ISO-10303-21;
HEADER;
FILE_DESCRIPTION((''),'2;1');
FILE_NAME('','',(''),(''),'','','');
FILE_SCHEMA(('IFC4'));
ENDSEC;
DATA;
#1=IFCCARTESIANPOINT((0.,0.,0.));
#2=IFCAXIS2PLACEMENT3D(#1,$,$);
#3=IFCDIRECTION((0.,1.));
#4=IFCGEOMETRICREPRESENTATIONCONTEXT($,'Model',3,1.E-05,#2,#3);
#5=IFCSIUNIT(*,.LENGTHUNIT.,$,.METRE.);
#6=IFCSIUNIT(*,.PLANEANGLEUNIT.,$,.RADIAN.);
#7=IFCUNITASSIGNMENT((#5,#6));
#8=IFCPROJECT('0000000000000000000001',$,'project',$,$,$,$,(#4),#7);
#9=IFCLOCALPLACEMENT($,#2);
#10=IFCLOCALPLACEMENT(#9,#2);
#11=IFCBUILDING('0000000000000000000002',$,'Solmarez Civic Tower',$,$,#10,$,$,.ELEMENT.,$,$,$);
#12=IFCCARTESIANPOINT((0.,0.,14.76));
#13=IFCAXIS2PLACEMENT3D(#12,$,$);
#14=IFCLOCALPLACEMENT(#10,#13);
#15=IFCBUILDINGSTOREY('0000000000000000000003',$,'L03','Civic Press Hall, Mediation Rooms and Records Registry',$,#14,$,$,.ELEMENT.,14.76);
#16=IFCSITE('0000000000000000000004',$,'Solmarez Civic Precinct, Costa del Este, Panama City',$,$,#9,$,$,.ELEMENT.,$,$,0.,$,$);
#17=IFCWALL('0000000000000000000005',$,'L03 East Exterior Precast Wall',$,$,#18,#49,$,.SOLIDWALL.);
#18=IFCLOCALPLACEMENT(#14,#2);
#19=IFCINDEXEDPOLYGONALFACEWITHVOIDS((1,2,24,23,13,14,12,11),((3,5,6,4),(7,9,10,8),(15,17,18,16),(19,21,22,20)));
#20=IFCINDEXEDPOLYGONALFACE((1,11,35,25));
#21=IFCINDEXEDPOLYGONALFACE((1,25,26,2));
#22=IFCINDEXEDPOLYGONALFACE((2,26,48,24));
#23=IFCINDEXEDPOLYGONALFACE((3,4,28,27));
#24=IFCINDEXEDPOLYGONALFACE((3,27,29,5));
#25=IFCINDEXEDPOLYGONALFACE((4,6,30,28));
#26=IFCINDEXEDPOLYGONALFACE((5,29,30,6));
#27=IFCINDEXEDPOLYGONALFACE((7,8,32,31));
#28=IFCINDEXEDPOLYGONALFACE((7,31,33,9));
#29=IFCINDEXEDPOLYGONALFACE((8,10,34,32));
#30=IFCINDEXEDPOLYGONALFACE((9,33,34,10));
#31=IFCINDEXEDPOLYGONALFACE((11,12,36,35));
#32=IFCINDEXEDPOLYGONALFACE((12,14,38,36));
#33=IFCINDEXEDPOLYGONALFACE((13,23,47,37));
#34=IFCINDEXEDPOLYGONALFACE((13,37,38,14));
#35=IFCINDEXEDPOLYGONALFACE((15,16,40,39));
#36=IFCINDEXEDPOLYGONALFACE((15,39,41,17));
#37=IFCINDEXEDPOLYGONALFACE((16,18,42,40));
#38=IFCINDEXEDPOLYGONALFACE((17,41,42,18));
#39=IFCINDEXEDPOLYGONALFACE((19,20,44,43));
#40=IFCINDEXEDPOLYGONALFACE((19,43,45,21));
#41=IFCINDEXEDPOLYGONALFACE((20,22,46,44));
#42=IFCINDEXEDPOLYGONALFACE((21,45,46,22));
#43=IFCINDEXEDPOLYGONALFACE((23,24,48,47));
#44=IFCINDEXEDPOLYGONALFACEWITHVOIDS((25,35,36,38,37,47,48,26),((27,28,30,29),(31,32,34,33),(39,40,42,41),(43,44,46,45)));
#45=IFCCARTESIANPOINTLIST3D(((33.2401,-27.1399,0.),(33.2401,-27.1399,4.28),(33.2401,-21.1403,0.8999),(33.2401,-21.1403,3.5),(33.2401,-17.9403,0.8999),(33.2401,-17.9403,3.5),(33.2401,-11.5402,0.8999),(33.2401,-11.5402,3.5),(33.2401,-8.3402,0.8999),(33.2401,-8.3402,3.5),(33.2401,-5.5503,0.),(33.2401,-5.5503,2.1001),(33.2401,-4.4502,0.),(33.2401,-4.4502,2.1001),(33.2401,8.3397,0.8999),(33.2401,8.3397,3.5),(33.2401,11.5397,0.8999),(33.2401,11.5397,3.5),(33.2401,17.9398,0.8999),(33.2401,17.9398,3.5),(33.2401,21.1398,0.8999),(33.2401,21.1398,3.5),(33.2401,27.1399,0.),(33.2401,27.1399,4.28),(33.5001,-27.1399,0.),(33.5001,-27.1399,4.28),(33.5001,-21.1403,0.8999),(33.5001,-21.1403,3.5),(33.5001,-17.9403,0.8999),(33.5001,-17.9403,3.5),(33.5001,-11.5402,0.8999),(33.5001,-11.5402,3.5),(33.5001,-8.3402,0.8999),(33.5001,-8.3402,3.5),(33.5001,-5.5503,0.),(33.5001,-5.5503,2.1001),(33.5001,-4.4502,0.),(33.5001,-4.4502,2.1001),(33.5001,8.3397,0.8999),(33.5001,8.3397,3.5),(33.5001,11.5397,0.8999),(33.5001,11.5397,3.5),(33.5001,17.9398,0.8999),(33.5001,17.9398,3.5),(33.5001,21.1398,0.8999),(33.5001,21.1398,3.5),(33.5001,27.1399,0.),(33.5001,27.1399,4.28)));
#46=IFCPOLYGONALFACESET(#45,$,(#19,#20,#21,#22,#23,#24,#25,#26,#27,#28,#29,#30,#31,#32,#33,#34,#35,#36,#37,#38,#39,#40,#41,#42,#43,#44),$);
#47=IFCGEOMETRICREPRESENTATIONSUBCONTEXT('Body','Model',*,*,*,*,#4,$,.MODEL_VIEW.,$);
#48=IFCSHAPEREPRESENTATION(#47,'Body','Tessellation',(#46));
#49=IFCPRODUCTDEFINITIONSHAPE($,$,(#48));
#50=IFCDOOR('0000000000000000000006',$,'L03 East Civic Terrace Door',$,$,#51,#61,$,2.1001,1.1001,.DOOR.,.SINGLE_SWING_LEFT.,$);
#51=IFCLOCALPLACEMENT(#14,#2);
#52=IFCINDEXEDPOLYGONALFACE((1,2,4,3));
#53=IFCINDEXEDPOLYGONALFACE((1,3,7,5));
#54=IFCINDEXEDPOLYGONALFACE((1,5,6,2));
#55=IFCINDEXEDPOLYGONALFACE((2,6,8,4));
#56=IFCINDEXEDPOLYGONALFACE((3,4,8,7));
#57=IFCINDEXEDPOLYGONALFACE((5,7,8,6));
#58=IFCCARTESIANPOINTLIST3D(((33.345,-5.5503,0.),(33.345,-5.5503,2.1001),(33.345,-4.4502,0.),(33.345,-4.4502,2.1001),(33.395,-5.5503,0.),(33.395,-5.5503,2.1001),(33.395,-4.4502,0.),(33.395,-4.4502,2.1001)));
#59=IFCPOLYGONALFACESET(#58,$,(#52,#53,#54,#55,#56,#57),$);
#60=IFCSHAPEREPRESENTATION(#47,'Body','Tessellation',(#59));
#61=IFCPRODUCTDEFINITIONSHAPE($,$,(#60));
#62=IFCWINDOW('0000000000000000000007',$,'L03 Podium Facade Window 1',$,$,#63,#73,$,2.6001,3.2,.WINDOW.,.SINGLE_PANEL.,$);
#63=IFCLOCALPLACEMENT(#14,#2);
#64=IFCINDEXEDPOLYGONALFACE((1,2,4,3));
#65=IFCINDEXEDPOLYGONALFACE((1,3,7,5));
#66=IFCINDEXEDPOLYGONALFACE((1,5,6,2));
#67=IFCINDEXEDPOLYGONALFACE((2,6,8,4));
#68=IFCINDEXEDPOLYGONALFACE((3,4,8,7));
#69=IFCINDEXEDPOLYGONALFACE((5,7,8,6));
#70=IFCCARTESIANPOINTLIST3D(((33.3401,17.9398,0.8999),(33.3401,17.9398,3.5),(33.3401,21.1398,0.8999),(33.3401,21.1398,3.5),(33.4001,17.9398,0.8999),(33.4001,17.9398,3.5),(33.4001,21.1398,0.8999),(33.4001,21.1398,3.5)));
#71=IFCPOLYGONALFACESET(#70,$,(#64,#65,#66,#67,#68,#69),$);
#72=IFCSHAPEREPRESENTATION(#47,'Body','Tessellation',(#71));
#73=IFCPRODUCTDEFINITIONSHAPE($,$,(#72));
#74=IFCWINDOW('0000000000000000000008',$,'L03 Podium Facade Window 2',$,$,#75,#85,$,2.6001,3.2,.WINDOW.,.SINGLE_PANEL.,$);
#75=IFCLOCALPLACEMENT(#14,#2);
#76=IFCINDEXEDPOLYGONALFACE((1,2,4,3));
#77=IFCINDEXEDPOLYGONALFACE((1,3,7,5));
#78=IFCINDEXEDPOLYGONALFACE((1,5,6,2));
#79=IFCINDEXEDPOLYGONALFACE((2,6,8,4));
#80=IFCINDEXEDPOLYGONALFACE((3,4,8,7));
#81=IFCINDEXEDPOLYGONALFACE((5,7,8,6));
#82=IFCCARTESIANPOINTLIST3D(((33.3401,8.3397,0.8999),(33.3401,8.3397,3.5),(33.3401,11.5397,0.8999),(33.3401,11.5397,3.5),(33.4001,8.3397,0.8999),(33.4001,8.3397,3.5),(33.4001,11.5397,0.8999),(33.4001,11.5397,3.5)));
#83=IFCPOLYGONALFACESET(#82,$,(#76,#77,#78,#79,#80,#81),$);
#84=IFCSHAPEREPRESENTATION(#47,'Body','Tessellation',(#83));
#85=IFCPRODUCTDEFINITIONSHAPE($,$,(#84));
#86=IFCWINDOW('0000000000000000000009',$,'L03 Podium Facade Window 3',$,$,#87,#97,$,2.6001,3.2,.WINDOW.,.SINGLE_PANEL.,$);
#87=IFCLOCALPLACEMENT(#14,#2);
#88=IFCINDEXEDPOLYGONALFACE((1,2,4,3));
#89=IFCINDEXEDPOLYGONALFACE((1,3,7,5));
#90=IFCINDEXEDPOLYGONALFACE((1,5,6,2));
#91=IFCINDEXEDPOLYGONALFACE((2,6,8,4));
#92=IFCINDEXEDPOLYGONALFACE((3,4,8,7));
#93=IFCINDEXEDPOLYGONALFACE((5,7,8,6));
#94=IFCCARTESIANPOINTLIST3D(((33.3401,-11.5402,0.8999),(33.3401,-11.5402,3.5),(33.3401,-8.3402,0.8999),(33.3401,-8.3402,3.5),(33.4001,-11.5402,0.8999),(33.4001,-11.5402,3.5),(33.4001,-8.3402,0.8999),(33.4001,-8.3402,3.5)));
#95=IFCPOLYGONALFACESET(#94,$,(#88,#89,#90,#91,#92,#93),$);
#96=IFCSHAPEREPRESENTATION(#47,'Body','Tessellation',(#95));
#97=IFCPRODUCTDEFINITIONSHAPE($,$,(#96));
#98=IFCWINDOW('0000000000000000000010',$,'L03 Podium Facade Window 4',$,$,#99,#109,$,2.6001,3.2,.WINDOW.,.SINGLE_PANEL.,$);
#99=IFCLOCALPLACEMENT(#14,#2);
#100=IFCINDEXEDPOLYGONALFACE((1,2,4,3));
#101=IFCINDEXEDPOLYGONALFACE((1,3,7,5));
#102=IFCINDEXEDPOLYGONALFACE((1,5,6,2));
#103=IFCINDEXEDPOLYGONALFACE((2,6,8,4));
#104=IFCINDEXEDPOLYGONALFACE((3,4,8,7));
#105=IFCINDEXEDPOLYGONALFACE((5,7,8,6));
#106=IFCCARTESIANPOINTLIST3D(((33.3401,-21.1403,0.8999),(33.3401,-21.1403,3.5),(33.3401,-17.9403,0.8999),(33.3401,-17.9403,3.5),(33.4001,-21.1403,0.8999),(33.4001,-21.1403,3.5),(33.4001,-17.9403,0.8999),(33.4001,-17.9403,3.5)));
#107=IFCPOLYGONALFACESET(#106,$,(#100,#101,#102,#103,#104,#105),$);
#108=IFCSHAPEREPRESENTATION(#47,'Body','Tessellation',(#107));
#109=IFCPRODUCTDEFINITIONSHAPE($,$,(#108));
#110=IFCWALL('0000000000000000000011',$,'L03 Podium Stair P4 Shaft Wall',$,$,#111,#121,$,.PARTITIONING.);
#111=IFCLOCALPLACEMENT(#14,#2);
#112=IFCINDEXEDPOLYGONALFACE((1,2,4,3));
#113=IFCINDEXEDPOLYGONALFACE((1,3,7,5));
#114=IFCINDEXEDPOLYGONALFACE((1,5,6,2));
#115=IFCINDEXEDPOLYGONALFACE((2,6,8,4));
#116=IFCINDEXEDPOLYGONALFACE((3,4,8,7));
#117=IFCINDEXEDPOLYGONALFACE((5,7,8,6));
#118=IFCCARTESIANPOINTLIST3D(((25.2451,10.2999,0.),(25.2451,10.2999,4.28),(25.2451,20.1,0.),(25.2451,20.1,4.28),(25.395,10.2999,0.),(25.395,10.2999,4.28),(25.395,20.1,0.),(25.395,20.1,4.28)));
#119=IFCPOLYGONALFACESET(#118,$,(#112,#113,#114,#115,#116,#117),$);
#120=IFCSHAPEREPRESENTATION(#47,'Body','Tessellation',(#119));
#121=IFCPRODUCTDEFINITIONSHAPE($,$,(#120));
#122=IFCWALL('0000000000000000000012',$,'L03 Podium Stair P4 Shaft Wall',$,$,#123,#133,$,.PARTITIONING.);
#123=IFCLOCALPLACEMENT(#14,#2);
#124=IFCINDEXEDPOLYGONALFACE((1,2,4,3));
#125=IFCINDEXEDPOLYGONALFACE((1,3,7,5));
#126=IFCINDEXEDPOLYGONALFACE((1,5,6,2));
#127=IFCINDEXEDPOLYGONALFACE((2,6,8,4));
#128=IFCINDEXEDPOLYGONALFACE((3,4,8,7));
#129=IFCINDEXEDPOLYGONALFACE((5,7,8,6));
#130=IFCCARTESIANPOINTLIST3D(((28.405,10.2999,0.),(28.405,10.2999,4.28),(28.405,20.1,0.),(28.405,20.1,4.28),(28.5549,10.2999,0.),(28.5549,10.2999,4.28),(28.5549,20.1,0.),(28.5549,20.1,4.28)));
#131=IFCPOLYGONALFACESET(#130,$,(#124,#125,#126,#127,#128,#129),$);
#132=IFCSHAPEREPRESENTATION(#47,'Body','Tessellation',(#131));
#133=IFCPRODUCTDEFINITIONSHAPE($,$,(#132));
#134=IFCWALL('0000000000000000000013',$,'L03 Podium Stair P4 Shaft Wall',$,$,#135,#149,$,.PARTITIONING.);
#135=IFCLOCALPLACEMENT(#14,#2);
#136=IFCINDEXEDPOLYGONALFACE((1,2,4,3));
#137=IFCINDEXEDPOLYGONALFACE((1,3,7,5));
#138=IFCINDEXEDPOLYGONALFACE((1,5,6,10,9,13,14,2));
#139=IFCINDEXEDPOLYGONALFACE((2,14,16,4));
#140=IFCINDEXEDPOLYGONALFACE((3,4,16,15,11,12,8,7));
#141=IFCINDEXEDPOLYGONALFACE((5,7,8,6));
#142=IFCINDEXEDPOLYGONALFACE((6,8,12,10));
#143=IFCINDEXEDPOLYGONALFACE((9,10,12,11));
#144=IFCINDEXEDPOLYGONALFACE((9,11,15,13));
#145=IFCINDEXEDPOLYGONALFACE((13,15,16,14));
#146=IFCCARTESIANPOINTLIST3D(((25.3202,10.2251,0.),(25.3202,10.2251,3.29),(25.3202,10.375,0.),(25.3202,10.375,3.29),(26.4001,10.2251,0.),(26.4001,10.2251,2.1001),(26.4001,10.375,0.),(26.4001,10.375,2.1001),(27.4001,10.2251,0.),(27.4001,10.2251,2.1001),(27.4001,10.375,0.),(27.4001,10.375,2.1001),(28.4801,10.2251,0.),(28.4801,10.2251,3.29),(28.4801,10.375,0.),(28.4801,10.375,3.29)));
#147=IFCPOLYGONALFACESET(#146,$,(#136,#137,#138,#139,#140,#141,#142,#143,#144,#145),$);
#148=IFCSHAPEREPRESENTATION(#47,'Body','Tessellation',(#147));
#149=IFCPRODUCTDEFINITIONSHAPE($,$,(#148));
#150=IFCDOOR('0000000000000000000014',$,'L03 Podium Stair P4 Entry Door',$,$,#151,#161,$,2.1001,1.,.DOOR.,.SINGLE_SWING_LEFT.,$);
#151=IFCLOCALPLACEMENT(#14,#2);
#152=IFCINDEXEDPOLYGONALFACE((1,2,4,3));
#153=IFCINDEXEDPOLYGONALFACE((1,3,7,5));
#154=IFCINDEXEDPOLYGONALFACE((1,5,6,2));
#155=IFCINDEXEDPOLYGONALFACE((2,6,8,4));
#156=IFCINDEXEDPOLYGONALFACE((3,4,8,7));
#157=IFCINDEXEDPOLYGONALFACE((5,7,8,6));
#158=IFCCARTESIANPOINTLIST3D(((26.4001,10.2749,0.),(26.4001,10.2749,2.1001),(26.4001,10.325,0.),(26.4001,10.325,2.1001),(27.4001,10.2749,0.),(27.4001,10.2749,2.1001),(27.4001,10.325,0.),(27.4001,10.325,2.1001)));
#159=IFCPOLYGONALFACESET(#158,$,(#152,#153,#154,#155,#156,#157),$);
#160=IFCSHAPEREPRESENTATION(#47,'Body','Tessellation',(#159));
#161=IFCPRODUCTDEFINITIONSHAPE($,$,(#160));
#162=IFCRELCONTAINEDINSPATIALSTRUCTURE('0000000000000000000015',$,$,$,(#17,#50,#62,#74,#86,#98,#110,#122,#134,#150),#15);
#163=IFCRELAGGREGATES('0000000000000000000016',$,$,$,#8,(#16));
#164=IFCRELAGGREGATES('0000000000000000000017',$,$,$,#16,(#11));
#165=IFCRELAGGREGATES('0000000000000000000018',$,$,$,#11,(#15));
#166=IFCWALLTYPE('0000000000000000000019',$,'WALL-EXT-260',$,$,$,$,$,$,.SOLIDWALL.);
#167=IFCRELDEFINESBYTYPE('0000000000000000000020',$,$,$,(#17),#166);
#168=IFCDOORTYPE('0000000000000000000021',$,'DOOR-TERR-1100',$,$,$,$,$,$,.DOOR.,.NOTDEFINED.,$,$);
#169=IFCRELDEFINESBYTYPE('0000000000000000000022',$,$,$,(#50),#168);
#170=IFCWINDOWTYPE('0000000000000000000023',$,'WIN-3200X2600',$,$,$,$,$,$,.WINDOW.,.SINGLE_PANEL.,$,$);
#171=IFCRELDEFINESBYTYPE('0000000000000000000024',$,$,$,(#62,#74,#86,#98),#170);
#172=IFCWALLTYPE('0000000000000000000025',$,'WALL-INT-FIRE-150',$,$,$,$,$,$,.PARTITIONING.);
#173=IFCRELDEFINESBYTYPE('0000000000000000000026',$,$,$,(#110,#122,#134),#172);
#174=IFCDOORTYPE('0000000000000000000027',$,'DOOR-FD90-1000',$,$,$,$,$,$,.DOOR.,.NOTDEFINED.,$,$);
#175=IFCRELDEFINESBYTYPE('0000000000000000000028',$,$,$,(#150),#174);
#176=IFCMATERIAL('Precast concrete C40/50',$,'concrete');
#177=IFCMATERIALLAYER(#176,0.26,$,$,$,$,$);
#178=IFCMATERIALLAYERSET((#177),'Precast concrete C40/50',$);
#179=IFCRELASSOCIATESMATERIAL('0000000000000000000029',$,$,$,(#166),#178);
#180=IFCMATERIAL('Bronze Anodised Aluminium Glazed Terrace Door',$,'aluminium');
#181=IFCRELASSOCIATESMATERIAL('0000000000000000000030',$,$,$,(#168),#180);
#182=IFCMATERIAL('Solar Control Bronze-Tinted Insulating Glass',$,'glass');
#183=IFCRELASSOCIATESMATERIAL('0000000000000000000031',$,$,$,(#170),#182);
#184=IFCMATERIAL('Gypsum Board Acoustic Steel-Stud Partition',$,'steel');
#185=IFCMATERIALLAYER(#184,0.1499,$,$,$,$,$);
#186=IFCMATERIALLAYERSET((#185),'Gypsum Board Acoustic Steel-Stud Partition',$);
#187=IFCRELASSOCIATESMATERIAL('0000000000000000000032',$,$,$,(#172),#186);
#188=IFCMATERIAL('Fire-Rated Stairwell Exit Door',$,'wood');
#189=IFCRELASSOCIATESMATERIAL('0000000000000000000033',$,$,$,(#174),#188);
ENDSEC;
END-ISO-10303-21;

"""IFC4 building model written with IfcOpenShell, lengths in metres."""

from ifc_helpers import new_model, si_unit, direction, frame, frame_2d, origin, place, context, subcontext, project, spatial, rectangle, extrude, material, layer, layer_set, type_object, element, fill, save


model = new_model("IFC4")

# Units and contexts
model_context = context("Model", 3, precision=1e-05, world=origin(), true_north=direction((0.0, 1.0)))
body_context = subcontext(model_context, "Body", "Model", "MODEL_VIEW")
ifc_project = project(units=[si_unit("LENGTHUNIT", "METRE"), si_unit("PLANEANGLEUNIT", "RADIAN")], contexts=[model_context])

# Site, building, storey
site_placement = place(None, origin())
site = spatial("IfcSite", under=ifc_project, at=site_placement, Name="Solmarez Civic Precinct, Costa del Este, Panama City", CompositionType="ELEMENT", RefElevation=0.0)
building_placement = place(site_placement, origin())
building = spatial("IfcBuilding", under=site, at=building_placement, Name="Solmarez Civic Tower", CompositionType="ELEMENT")
storey_placement = place(building_placement, frame((0.0, 0.0, 14.76)))
storey = spatial("IfcBuildingStorey", under=building, at=storey_placement, Name="L03", Description="Civic Press Hall, Mediation Rooms and Records Registry", CompositionType="ELEMENT", Elevation=14.76)

# Wall, openings, door, windows
ifc_material_1 = material(Name="Precast concrete C40/50", Category="concrete")
ifc_layer_1 = layer(ifc_material_1, 0.26)
ifc_layer_set_1 = layer_set([ifc_layer_1], Name="Precast concrete C40/50")
wall_type_1 = type_object("IfcWallType", Name="WALL-EXT-260", PredefinedType="SOLIDWALL", material=ifc_layer_set_1)
wall_1_placement = place(storey_placement, frame((33.3701, 27.1399, 0.0), z_axis=(0.0, 0.0, 1.0), x_axis=(0.0, -1.0, 0.0)))
wall_1 = element("IfcWall", 1, at=wall_1_placement, inside=storey, type_object=wall_type_1, Name="L03 East Exterior Precast Wall", PredefinedType="SOLIDWALL", context=body_context, shape_type="SweptSolid", body=[
    extrude(rectangle(XDim=54.2798, YDim=0.26, at=frame_2d((27.1399, 0.0))), origin(), (0.0, 0.0, 1.0), 4.28),
])
opening_1_placement = place(wall_1_placement, frame((31.5901, 0.0, 0.0)))
opening_1 = element("IfcOpeningElement", 2, at=opening_1_placement, cuts=wall_1, PredefinedType="OPENING", context=body_context, shape_type="SweptSolid", body=[
    extrude(rectangle(XDim=1.1001, YDim=2.1001, at=frame_2d((0.55, 1.05))), frame((0.0, 0.1399, 0.0), z_axis=(0.0, -1.0, 0.0), x_axis=(1.0, 0.0, 0.0)), (0.0, 0.0, 1.0), 0.28),
])
opening_2_placement = place(wall_1_placement, frame((6.0, 0.0, 0.8999)))
opening_2 = element("IfcOpeningElement", 3, at=opening_2_placement, cuts=wall_1, PredefinedType="OPENING", context=body_context, shape_type="SweptSolid", body=[
    extrude(rectangle(XDim=3.2, YDim=2.6001, at=frame_2d((1.6001, 1.3))), frame((0.0, 0.1399, 0.0), z_axis=(0.0, -1.0, 0.0), x_axis=(1.0, 0.0, 0.0)), (0.0, 0.0, 1.0), 0.28),
])
opening_3_placement = place(wall_1_placement, frame((15.6001, 0.0, 0.8999)))
opening_3 = element("IfcOpeningElement", 4, at=opening_3_placement, cuts=wall_1, PredefinedType="OPENING", context=body_context, shape_type="SweptSolid", body=[
    extrude(rectangle(XDim=3.2, YDim=2.6001, at=frame_2d((1.6001, 1.3))), frame((0.0, 0.1399, 0.0), z_axis=(0.0, -1.0, 0.0), x_axis=(1.0, 0.0, 0.0)), (0.0, 0.0, 1.0), 0.28),
])
opening_4_placement = place(wall_1_placement, frame((35.48, 0.0, 0.8999)))
opening_4 = element("IfcOpeningElement", 5, at=opening_4_placement, cuts=wall_1, PredefinedType="OPENING", context=body_context, shape_type="SweptSolid", body=[
    extrude(rectangle(XDim=3.2, YDim=2.6001, at=frame_2d((1.6001, 1.3))), frame((0.0, 0.1399, 0.0), z_axis=(0.0, -1.0, 0.0), x_axis=(1.0, 0.0, 0.0)), (0.0, 0.0, 1.0), 0.28),
])
opening_5_placement = place(wall_1_placement, frame((45.0801, 0.0, 0.8999)))
opening_5 = element("IfcOpeningElement", 6, at=opening_5_placement, cuts=wall_1, PredefinedType="OPENING", context=body_context, shape_type="SweptSolid", body=[
    extrude(rectangle(XDim=3.2, YDim=2.6001, at=frame_2d((1.6001, 1.3))), frame((0.0, 0.1399, 0.0), z_axis=(0.0, -1.0, 0.0), x_axis=(1.0, 0.0, 0.0)), (0.0, 0.0, 1.0), 0.28),
])
ifc_material_2 = material(Name="Bronze Anodised Aluminium Glazed Terrace Door", Category="aluminium")
door_type_1 = type_object("IfcDoorType", Name="DOOR-TERR-1100", OperationType="NOTDEFINED", PredefinedType="DOOR", material=ifc_material_2)
door_1_placement = place(opening_1_placement, origin())
door_1 = element("IfcDoor", 7, at=door_1_placement, inside=storey, type_object=door_type_1, Name="L03 East Civic Terrace Door", OperationType="SINGLE_SWING_LEFT", OverallHeight=2.1001, OverallWidth=1.1001, PredefinedType="DOOR", context=body_context, shape_type="SweptSolid", body=[
    extrude(rectangle(XDim=1.1001, YDim=2.1001, at=frame_2d((0.55, 1.05))), frame((0.0, 0.0249, 0.0), z_axis=(0.0, -1.0, 0.0), x_axis=(1.0, 0.0, 0.0)), (0.0, 0.0, 1.0), 0.05),
])
fill(opening_1, door_1)
ifc_material_3 = material(Name="Solar Control Bronze-Tinted Insulating Glass", Category="glass")
window_type = type_object("IfcWindowType", Name="WIN-3200X2600", PartitioningType="SINGLE_PANEL", PredefinedType="WINDOW", material=ifc_material_3)
window_1_placement = place(opening_2_placement, origin())
window_1 = element("IfcWindow", 8, at=window_1_placement, inside=storey, type_object=window_type, Name="L03 Podium Facade Window 1", OverallHeight=2.6001, OverallWidth=3.2, PartitioningType="SINGLE_PANEL", PredefinedType="WINDOW", context=body_context, shape_type="SweptSolid", body=[
    extrude(rectangle(XDim=3.2, YDim=2.6001, at=frame_2d((1.6001, 1.3))), frame((0.0, 0.03, 0.0), z_axis=(0.0, -1.0, 0.0), x_axis=(1.0, 0.0, 0.0)), (0.0, 0.0, 1.0), 0.0601),
])
fill(opening_2, window_1)
window_2_placement = place(opening_3_placement, origin())
window_2 = element("IfcWindow", 9, at=window_2_placement, inside=storey, type_object=window_type, Name="L03 Podium Facade Window 2", OverallHeight=2.6001, OverallWidth=3.2, PartitioningType="SINGLE_PANEL", PredefinedType="WINDOW", context=body_context, shape_type="SweptSolid", body=[
    extrude(rectangle(XDim=3.2, YDim=2.6001, at=frame_2d((1.6001, 1.3))), frame((0.0, 0.03, 0.0), z_axis=(0.0, -1.0, 0.0), x_axis=(1.0, 0.0, 0.0)), (0.0, 0.0, 1.0), 0.0601),
])
fill(opening_3, window_2)
window_3_placement = place(opening_4_placement, origin())
window_3 = element("IfcWindow", 10, at=window_3_placement, inside=storey, type_object=window_type, Name="L03 Podium Facade Window 3", OverallHeight=2.6001, OverallWidth=3.2, PartitioningType="SINGLE_PANEL", PredefinedType="WINDOW", context=body_context, shape_type="SweptSolid", body=[
    extrude(rectangle(XDim=3.2, YDim=2.6001, at=frame_2d((1.6001, 1.3))), frame((0.0, 0.03, 0.0), z_axis=(0.0, -1.0, 0.0), x_axis=(1.0, 0.0, 0.0)), (0.0, 0.0, 1.0), 0.0601),
])
fill(opening_4, window_3)
window_4_placement = place(opening_5_placement, origin())
window_4 = element("IfcWindow", 11, at=window_4_placement, inside=storey, type_object=window_type, Name="L03 Podium Facade Window 4", OverallHeight=2.6001, OverallWidth=3.2, PartitioningType="SINGLE_PANEL", PredefinedType="WINDOW", context=body_context, shape_type="SweptSolid", body=[
    extrude(rectangle(XDim=3.2, YDim=2.6001, at=frame_2d((1.6001, 1.3))), frame((0.0, 0.03, 0.0), z_axis=(0.0, -1.0, 0.0), x_axis=(1.0, 0.0, 0.0)), (0.0, 0.0, 1.0), 0.0601),
])
fill(opening_5, window_4)

# Walls
ifc_material_4 = material(Name="Gypsum Board Acoustic Steel-Stud Partition", Category="steel")
ifc_layer_2 = layer(ifc_material_4, 0.1499)
ifc_layer_set_2 = layer_set([ifc_layer_2], Name="Gypsum Board Acoustic Steel-Stud Partition")
wall_type_2 = type_object("IfcWallType", Name="WALL-INT-FIRE-150", PredefinedType="PARTITIONING", material=ifc_layer_set_2)
for number, where, z_axis, x_axis, name in (
    (12, (25.3201, 10.3, 0.0), (0.0, 0.0, 1.0), (0.0, 1.0, 0.0), "L03 Podium Stair P4 Shaft Wall"),
    (13, (28.48, 10.3, 0.0), (0.0, 0.0, 1.0), (0.0, 1.0, 0.0), "L03 Podium Stair P4 Shaft Wall"),
):
    element("IfcWall", number, at=place(storey_placement, frame(where, z_axis=z_axis, x_axis=x_axis)), inside=storey, type_object=wall_type_2, Name=name, PredefinedType="PARTITIONING", context=body_context, shape_type="SweptSolid", body=[
        extrude(rectangle(XDim=9.8, YDim=0.1499, at=frame_2d((4.8999, 0.0))), origin(), (0.0, 0.0, 1.0), 4.28),
    ])

# Wall, opening, door
wall_2_placement = place(storey_placement, frame((25.3201, 10.3, 0.0), z_axis=(0.0, 0.0, 1.0), x_axis=(1.0, 0.0, 0.0)))
wall_2 = element("IfcWall", 14, at=wall_2_placement, inside=storey, type_object=wall_type_2, Name="L03 Podium Stair P4 Shaft Wall", PredefinedType="PARTITIONING", context=body_context, shape_type="SweptSolid", body=[
    extrude(rectangle(XDim=3.1599, YDim=0.1499, at=frame_2d((1.5801, 0.0))), origin(), (0.0, 0.0, 1.0), 3.29),
])
opening_6_placement = place(wall_2_placement, frame((1.0801, 0.0, 0.0)))
opening_6 = element("IfcOpeningElement", 15, at=opening_6_placement, cuts=wall_2, PredefinedType="OPENING", context=body_context, shape_type="SweptSolid", body=[
    extrude(rectangle(XDim=1.0, YDim=2.1001, at=frame_2d((0.5, 1.05))), frame((0.0, 0.085, 0.0), z_axis=(0.0, -1.0, 0.0), x_axis=(1.0, 0.0, 0.0)), (0.0, 0.0, 1.0), 0.1699),
])
ifc_material_5 = material(Name="Fire-Rated Stairwell Exit Door", Category="wood")
door_type_2 = type_object("IfcDoorType", Name="DOOR-FD90-1000", OperationType="NOTDEFINED", PredefinedType="DOOR", material=ifc_material_5)
door_2_placement = place(opening_6_placement, origin())
door_2 = element("IfcDoor", 16, at=door_2_placement, inside=storey, type_object=door_type_2, Name="L03 Podium Stair P4 Entry Door", OperationType="SINGLE_SWING_LEFT", OverallHeight=2.1001, OverallWidth=1.0, PredefinedType="DOOR", context=body_context, shape_type="SweptSolid", body=[
    extrude(rectangle(XDim=1.0, YDim=2.1001, at=frame_2d((0.5, 1.05))), frame((0.0, 0.0249, 0.0), z_axis=(0.0, -1.0, 0.0), x_axis=(1.0, 0.0, 0.0)), (0.0, 0.0, 1.0), 0.05),
])
fill(opening_6, door_2)

save(model, "model.ifc")
